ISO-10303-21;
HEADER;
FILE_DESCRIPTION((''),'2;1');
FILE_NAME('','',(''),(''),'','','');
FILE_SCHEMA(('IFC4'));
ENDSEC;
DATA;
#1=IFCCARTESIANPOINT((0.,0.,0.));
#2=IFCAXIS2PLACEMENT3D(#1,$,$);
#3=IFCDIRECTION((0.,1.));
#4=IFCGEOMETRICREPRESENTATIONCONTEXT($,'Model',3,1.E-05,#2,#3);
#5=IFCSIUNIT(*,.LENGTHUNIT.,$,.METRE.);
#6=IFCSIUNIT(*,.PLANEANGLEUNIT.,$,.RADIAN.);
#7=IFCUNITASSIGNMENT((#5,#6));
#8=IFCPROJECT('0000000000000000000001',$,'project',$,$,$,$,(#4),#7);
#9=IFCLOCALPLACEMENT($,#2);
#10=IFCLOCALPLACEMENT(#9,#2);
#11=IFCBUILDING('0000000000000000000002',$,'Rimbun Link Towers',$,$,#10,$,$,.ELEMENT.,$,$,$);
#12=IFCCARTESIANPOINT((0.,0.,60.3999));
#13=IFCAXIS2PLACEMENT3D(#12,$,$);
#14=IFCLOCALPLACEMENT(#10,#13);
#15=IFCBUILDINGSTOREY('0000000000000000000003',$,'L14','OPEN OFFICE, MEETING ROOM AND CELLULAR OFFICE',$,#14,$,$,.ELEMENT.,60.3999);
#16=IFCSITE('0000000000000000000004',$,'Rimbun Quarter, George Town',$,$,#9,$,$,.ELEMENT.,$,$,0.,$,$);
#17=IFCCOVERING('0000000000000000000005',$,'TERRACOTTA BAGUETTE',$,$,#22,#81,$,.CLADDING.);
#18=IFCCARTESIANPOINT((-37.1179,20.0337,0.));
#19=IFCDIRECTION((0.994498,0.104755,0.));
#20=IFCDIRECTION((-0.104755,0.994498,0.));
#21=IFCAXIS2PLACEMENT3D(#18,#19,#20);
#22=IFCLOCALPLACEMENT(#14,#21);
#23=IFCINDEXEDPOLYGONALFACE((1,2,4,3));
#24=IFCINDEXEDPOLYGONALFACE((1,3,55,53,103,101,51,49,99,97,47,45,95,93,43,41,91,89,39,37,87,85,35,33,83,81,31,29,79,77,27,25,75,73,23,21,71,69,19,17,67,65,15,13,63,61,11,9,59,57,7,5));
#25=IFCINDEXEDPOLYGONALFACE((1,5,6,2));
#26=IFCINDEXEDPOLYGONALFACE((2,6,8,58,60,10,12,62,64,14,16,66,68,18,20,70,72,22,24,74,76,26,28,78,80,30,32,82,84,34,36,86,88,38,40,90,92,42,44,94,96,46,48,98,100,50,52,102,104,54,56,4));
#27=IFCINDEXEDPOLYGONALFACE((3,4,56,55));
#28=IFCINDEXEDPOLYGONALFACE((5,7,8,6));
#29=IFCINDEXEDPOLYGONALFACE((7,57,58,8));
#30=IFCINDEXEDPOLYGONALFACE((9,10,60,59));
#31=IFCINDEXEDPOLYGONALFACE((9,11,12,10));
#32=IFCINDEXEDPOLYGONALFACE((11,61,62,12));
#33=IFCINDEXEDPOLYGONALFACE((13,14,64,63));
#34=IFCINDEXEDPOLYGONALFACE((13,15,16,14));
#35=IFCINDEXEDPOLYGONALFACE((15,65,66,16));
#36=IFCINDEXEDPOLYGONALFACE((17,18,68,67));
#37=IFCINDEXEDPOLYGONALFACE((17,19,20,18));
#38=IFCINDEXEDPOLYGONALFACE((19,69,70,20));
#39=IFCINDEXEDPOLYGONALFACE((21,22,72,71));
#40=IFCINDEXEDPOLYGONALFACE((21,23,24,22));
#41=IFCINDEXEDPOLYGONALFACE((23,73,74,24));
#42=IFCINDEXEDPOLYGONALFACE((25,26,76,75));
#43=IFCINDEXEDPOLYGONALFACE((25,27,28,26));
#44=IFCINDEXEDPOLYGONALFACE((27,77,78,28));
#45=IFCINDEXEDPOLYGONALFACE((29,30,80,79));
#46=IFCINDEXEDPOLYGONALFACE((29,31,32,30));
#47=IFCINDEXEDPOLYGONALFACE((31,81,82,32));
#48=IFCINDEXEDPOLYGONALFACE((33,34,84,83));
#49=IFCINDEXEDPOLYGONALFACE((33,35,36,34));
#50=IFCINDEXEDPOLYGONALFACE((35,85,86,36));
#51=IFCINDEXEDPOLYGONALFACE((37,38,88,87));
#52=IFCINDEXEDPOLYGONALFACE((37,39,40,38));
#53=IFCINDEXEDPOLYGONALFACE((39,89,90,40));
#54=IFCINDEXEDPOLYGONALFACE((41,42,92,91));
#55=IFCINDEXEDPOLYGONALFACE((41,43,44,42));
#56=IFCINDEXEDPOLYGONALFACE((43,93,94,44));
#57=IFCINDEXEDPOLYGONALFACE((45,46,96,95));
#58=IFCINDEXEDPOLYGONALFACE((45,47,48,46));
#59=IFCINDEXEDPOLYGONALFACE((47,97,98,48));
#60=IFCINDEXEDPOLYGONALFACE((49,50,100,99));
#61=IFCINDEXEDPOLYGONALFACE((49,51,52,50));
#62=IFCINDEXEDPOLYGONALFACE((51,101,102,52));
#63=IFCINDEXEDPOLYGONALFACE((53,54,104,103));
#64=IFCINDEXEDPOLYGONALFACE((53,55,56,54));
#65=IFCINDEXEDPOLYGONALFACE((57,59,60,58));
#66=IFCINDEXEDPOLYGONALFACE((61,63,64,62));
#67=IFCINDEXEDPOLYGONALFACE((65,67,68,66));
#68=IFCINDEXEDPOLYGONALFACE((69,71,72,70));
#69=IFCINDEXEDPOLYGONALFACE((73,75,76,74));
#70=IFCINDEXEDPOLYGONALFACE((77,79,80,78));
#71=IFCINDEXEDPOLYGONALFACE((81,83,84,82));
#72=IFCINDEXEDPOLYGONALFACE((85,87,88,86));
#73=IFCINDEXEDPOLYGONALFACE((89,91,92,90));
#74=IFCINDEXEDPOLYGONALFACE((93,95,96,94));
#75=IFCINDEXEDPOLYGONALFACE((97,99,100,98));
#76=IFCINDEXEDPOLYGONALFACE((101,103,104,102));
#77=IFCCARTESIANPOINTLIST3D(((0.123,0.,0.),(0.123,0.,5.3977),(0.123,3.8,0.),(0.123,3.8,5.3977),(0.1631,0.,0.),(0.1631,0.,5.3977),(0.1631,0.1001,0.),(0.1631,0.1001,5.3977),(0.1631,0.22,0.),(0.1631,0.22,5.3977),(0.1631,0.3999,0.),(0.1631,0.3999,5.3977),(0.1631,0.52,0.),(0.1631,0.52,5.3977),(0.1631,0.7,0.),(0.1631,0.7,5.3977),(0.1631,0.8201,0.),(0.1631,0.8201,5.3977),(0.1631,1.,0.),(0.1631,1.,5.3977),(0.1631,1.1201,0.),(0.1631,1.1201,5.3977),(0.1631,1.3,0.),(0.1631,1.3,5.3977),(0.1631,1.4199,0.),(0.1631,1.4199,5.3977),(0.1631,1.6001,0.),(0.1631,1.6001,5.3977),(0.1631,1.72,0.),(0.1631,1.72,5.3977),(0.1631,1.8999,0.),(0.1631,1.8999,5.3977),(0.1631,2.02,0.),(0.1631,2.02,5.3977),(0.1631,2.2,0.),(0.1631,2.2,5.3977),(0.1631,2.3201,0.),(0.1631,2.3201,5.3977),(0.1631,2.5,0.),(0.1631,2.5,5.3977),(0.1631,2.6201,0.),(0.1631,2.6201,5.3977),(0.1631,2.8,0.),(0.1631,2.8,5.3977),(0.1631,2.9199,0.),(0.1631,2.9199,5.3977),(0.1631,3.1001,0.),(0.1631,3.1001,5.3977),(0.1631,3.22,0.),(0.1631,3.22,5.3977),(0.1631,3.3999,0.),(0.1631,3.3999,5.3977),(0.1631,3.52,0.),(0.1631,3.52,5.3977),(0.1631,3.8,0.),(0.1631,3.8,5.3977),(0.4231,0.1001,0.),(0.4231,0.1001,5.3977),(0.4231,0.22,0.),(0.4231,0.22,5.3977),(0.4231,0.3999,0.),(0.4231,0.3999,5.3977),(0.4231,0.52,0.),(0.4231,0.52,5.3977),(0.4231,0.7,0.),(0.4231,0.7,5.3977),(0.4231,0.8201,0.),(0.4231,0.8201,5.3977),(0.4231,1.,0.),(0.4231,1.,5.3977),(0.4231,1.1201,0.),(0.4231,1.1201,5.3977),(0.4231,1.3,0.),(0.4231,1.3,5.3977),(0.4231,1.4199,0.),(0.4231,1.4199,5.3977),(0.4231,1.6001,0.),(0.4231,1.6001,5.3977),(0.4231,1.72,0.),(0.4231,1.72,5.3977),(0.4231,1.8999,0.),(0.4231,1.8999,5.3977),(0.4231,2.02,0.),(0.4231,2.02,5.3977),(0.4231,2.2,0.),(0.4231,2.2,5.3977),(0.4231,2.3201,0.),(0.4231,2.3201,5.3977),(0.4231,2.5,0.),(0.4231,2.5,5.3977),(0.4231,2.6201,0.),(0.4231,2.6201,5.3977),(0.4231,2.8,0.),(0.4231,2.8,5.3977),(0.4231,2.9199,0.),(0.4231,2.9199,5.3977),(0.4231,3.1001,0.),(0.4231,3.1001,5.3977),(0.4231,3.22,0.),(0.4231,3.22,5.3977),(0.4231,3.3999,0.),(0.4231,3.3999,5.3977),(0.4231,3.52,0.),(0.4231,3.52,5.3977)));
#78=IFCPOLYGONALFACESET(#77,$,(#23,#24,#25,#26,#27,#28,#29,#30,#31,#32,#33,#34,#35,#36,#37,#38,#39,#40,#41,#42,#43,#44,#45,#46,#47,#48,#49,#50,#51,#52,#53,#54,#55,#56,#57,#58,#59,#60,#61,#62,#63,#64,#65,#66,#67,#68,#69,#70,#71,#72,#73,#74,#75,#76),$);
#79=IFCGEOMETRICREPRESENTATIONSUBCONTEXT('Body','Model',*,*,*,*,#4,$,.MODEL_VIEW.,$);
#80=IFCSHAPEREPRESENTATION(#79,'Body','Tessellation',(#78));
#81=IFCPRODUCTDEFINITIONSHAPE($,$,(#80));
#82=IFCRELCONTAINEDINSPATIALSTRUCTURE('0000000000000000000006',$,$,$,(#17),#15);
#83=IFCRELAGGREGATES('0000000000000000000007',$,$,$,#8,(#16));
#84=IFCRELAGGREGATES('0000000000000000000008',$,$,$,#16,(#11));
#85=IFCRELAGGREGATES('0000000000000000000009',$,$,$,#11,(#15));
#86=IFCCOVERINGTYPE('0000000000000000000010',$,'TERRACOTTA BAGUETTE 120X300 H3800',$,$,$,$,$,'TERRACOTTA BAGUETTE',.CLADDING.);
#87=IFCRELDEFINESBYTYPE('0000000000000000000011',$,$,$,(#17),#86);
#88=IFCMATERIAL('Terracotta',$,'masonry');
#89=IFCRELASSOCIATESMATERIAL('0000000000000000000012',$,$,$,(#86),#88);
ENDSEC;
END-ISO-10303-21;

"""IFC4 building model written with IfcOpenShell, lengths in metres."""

from ifc_helpers import new_model, si_unit, direction, frame, origin, place, context, subcontext, project, spatial, polyline, outline, extrude, material, material_profile, profile_set, type_object, element, save


model = new_model("IFC4")

# Units and contexts
model_context = context("Model", 3, precision=1e-05, world=origin(), true_north=direction((0.0, 1.0)))
body_context = subcontext(model_context, "Body", "Model", "MODEL_VIEW")
ifc_project = project(units=[si_unit("LENGTHUNIT", "METRE"), si_unit("PLANEANGLEUNIT", "RADIAN")], contexts=[model_context])

# Site, building, storey
site_placement = place(None, origin())
site = spatial("IfcSite", under=ifc_project, at=site_placement, Name="Rimbun Quarter, George Town", CompositionType="ELEMENT", RefElevation=0.0)
building_placement = place(site_placement, origin())
building = spatial("IfcBuilding", under=site, at=building_placement, Name="Rimbun Link Towers", CompositionType="ELEMENT")
storey_placement = place(building_placement, frame((0.0, 0.0, 60.3999)))
storey = spatial("IfcBuildingStorey", under=building, at=storey_placement, Name="L14", Description="OPEN OFFICE, MEETING ROOM AND CELLULAR OFFICE", CompositionType="ELEMENT", Elevation=60.3999)

# Covering
ifc_material_1 = material(Name="Terracotta", Category="masonry")
ifc_material_profile_1 = material_profile(ifc_material_1, outline(polyline([(0.123, 0.0), (0.1631, 0.0), (0.1631, 0.1001), (0.4231, 0.1001), (0.4231, 0.22), (0.1631, 0.22), (0.1631, 0.3999), (0.4231, 0.3999), (0.4231, 0.52), (0.1631, 0.52), (0.1631, 0.7), (0.4231, 0.7), (0.4231, 0.8201), (0.1631, 0.8201), (0.1631, 1.0), (0.4231, 1.0), (0.4231, 1.1201), (0.1631, 1.1201), (0.1631, 1.3), (0.4231, 1.3), (0.4231, 1.4199), (0.1631, 1.4199), (0.1631, 1.6001), (0.4231, 1.6001), (0.4231, 1.72), (0.1631, 1.72), (0.1631, 1.8999), (0.4231, 1.8999), (0.4231, 2.02), (0.1631, 2.02), (0.1631, 2.2), (0.4231, 2.2), (0.4231, 2.3201), (0.1631, 2.3201), (0.1631, 2.5), (0.4231, 2.5), (0.4231, 2.6201), (0.1631, 2.6201), (0.1631, 2.8), (0.4231, 2.8), (0.4231, 2.9199), (0.1631, 2.9199), (0.1631, 3.1001), (0.4231, 3.1001), (0.4231, 3.22), (0.1631, 3.22), (0.1631, 3.3999), (0.4231, 3.3999), (0.4231, 3.52), (0.1631, 3.52), (0.1631, 3.8), (0.123, 3.8), (0.123, 0.0)])), Name="BAGUETTE 120X300")
ifc_profile_set_1 = profile_set([ifc_material_profile_1], Name="Terracotta")
covering_type = type_object("IfcCoveringType", Name="TERRACOTTA BAGUETTE 120X300 H3800", ElementType="TERRACOTTA BAGUETTE", PredefinedType="CLADDING", material=ifc_profile_set_1)
for number, where, z_axis, x_axis, name in (
    (1, (-37.1179, 20.0337, 0.0), (0.994498, 0.104755, 0.0), (-0.104755, 0.994498, 0.0), "TERRACOTTA BAGUETTE"),
):
    element("IfcCovering", number, at=place(storey_placement, frame(where, z_axis=z_axis, x_axis=x_axis)), inside=storey, type_object=covering_type, Name=name, PredefinedType="CLADDING", context=body_context, shape_type="SweptSolid", body=[
        extrude(outline(polyline([(0.123, 0.0), (0.1631, 0.0), (0.1631, 0.1001), (0.4231, 0.1001), (0.4231, 0.22), (0.1631, 0.22), (0.1631, 0.3999), (0.4231, 0.3999), (0.4231, 0.52), (0.1631, 0.52), (0.1631, 0.7), (0.4231, 0.7), (0.4231, 0.8201), (0.1631, 0.8201), (0.1631, 1.0), (0.4231, 1.0), (0.4231, 1.1201), (0.1631, 1.1201), (0.1631, 1.3), (0.4231, 1.3), (0.4231, 1.4199), (0.1631, 1.4199), (0.1631, 1.6001), (0.4231, 1.6001), (0.4231, 1.72), (0.1631, 1.72), (0.1631, 1.8999), (0.4231, 1.8999), (0.4231, 2.02), (0.1631, 2.02), (0.1631, 2.2), (0.4231, 2.2), (0.4231, 2.3201), (0.1631, 2.3201), (0.1631, 2.5), (0.4231, 2.5), (0.4231, 2.6201), (0.1631, 2.6201), (0.1631, 2.8), (0.4231, 2.8), (0.4231, 2.9199), (0.1631, 2.9199), (0.1631, 3.1001), (0.4231, 3.1001), (0.4231, 3.22), (0.1631, 3.22), (0.1631, 3.3999), (0.4231, 3.3999), (0.4231, 3.52), (0.1631, 3.52), (0.1631, 3.8), (0.123, 3.8), (0.123, 0.0)])), origin(), (0.0, 0.0, 1.0), 5.3977),
    ])

save(model, "model.ifc")
